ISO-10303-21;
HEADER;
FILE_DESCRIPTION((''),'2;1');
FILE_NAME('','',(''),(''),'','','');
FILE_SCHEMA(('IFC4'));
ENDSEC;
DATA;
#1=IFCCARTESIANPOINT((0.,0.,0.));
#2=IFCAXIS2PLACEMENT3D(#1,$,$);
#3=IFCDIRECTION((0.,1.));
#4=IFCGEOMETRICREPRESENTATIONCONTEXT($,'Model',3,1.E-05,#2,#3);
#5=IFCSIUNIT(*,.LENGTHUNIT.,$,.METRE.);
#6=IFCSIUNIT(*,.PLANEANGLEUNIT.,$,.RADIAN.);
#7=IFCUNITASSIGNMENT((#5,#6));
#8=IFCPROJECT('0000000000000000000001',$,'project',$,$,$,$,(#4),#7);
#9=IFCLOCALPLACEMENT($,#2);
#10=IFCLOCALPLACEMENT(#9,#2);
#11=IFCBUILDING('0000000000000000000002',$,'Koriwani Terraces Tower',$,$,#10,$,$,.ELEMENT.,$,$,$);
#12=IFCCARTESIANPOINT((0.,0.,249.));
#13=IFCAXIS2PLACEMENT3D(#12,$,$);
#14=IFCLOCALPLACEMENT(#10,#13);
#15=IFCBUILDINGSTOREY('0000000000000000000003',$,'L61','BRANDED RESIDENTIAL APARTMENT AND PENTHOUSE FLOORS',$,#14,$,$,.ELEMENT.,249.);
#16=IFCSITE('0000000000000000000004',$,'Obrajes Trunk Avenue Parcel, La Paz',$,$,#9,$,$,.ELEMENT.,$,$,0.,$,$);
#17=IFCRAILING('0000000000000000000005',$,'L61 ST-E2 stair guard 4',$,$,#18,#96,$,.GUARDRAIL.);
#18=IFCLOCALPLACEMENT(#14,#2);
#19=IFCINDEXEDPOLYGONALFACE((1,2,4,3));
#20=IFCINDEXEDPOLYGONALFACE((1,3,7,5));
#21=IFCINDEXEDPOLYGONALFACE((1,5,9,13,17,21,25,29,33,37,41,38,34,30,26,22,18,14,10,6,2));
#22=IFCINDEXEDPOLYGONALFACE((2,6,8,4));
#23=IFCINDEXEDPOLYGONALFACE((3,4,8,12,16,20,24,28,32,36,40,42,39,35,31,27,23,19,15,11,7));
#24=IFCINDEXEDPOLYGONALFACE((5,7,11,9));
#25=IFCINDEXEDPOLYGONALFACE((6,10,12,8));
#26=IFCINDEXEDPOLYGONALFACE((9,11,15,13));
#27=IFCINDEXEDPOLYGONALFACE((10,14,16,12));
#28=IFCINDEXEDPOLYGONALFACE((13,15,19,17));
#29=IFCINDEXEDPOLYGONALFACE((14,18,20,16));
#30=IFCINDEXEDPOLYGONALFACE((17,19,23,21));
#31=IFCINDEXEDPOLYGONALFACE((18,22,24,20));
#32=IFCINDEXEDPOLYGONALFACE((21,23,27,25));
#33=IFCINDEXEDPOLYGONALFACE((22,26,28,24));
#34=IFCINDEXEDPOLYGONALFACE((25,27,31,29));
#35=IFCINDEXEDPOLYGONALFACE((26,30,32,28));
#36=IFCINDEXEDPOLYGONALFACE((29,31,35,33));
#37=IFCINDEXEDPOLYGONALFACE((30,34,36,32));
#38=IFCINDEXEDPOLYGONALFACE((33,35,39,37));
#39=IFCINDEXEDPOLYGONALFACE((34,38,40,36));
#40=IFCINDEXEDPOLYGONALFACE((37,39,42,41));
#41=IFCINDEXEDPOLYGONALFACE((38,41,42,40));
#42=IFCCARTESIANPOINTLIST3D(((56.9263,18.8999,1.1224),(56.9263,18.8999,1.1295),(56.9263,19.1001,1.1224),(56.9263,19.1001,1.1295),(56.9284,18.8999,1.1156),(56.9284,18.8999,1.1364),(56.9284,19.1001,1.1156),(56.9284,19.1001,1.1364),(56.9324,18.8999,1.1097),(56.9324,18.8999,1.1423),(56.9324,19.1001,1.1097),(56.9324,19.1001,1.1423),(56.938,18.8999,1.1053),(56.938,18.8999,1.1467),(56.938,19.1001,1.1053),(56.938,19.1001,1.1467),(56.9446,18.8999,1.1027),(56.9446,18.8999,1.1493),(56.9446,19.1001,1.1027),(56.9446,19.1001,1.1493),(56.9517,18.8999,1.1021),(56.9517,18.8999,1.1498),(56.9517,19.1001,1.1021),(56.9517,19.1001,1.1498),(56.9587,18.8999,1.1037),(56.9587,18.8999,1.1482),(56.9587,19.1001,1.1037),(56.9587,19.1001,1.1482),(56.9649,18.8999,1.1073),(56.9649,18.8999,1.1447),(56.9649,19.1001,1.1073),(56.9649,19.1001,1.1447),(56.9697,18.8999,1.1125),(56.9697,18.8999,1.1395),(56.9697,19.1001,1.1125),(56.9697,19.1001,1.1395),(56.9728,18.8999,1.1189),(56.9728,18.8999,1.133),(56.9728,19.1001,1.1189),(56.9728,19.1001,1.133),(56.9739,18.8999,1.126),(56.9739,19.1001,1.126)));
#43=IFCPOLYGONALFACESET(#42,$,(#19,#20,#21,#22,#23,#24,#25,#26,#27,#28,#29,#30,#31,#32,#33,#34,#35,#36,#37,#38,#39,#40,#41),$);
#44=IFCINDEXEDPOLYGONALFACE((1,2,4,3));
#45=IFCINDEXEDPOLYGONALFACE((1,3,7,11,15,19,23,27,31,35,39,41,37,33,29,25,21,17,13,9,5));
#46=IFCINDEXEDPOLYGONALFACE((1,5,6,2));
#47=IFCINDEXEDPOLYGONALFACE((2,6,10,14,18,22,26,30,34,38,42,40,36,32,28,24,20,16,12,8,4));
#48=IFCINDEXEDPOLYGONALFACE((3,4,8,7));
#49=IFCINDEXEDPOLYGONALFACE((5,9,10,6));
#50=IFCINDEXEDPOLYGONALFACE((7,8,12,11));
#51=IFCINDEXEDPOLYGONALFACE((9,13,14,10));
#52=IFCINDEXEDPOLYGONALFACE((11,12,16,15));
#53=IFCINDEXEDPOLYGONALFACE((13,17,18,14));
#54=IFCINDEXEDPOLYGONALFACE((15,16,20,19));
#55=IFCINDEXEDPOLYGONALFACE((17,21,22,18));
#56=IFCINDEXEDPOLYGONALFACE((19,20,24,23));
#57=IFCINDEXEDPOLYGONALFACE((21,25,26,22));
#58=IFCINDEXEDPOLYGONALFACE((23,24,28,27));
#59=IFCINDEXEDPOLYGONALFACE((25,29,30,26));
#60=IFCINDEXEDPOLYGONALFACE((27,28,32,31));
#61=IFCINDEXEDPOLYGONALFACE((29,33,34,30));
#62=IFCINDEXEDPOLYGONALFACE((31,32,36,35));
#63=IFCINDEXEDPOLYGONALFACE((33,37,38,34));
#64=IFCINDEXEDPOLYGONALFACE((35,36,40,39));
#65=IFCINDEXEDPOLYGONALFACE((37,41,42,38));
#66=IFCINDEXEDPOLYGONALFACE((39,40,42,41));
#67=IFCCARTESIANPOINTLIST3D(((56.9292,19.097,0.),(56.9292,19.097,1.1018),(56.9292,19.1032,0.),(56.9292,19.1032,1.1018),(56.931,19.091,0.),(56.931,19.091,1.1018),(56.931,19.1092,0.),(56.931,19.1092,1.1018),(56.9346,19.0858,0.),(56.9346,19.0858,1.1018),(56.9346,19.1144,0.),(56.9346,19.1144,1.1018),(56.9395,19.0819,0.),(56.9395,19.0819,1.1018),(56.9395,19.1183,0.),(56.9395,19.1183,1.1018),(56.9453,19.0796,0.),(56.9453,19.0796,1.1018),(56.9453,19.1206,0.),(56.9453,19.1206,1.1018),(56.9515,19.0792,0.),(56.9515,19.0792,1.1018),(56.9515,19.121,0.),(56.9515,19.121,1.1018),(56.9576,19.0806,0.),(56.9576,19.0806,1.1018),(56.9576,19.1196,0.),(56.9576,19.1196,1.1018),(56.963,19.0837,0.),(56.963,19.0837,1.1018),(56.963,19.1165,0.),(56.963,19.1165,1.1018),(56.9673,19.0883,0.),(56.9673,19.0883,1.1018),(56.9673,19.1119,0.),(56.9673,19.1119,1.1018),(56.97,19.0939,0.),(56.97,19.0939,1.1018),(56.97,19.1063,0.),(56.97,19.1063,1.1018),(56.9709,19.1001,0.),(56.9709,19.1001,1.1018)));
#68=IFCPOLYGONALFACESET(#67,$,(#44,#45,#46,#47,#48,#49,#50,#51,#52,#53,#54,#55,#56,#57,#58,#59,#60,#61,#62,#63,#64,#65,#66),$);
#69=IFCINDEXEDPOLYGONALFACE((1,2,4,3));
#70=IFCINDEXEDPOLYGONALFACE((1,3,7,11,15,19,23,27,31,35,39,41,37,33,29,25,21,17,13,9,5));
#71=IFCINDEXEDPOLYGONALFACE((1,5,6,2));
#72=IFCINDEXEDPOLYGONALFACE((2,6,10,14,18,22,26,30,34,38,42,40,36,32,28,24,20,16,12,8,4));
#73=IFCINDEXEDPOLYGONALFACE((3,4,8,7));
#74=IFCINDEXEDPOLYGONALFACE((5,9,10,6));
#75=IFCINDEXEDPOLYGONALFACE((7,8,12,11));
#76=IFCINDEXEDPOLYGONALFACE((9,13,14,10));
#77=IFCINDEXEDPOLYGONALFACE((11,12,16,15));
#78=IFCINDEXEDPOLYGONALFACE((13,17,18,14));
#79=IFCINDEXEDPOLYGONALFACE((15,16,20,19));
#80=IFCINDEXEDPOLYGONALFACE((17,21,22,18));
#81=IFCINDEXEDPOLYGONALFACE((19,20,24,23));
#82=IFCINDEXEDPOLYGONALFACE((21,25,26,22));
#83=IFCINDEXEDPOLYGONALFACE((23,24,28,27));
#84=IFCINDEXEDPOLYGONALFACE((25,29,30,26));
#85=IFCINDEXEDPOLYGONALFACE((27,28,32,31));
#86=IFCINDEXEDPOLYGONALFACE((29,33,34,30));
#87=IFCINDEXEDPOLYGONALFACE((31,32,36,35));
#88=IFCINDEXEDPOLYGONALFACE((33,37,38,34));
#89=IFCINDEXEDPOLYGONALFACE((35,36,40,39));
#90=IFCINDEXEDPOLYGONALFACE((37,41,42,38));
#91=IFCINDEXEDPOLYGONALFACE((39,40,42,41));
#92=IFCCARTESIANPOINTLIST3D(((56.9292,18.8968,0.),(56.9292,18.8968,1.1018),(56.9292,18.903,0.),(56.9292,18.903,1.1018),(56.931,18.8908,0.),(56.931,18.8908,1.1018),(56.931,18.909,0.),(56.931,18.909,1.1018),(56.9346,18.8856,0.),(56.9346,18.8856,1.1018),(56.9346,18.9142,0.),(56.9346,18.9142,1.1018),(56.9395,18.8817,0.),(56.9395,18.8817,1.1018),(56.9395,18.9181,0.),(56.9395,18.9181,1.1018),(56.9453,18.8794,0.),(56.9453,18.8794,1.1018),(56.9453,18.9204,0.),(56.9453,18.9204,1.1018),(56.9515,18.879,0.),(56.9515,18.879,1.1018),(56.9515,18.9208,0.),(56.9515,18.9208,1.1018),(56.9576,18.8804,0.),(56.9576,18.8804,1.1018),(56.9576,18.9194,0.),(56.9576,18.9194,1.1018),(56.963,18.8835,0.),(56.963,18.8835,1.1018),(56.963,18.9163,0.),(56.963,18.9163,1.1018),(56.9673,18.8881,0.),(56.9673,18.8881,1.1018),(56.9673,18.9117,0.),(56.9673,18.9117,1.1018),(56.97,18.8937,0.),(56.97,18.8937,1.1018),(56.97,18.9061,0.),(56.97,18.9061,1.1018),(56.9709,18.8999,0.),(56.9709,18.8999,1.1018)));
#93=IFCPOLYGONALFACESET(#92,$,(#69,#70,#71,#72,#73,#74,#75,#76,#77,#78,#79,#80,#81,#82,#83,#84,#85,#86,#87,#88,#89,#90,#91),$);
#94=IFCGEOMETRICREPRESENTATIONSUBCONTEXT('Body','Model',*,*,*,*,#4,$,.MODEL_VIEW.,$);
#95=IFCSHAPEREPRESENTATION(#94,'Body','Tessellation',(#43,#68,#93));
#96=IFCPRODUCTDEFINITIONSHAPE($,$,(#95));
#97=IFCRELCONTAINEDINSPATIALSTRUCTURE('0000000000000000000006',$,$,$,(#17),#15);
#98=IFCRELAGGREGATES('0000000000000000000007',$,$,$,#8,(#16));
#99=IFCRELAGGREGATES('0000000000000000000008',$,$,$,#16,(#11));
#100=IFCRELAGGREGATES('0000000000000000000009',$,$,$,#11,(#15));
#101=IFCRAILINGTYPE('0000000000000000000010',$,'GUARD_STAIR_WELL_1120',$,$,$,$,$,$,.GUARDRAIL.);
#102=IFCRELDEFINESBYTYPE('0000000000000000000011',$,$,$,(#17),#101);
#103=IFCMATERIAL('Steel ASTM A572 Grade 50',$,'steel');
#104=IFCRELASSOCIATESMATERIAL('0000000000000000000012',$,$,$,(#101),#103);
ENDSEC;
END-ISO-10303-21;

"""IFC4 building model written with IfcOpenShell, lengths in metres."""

from ifc_helpers import new_model, si_unit, direction, frame, origin, origin_2d, place, context, subcontext, project, spatial, circle, extrude, material, type_object, element, save


model = new_model("IFC4")

# Units and contexts
model_context = context("Model", 3, precision=1e-05, world=origin(), true_north=direction((0.0, 1.0)))
body_context = subcontext(model_context, "Body", "Model", "MODEL_VIEW")
ifc_project = project(units=[si_unit("LENGTHUNIT", "METRE"), si_unit("PLANEANGLEUNIT", "RADIAN")], contexts=[model_context])

# Site, building, storey
site_placement = place(None, origin())
site = spatial("IfcSite", under=ifc_project, at=site_placement, Name="Obrajes Trunk Avenue Parcel, La Paz", CompositionType="ELEMENT", RefElevation=0.0)
building_placement = place(site_placement, origin())
building = spatial("IfcBuilding", under=site, at=building_placement, Name="Koriwani Terraces Tower", CompositionType="ELEMENT")
storey_placement = place(building_placement, frame((0.0, 0.0, 249.0)))
storey = spatial("IfcBuildingStorey", under=building, at=storey_placement, Name="L61", Description="BRANDED RESIDENTIAL APARTMENT AND PENTHOUSE FLOORS", CompositionType="ELEMENT", Elevation=249.0)

# Shared definitions
ifc_material_1 = material(Name="Steel ASTM A572 Grade 50", Category="steel")

# Railing
railing_type_1 = type_object("IfcRailingType", Name="GUARD_STAIR_WELL_1120", PredefinedType="GUARDRAIL", material=ifc_material_1)
railing_1_placement = place(storey_placement, frame((56.95, 19.1001, 0.0)))
element("IfcRailing", 1, at=railing_1_placement, inside=storey, type_object=railing_type_1, Name="L61 ST-E2 stair guard 4", PredefinedType="GUARDRAIL", context=body_context, shape_type="SweptSolid", body=[
    extrude(circle(Radius=0.0239, at=origin_2d()), frame((0.0, 0.0, 1.126), z_axis=(0.0, -1.0, 0.0), x_axis=(1.0, 0.0, 0.0)), (0.0, 0.0, 1.0), 0.2002),
    extrude(circle(Radius=0.021, at=origin_2d()), origin(), (0.0, 0.0, 1.0), 1.1018),
    extrude(circle(Radius=0.021, at=origin_2d()), frame((0.0, -0.2002, 0.0)), (0.0, 0.0, 1.0), 1.1018),
])

save(model, "model.ifc")
